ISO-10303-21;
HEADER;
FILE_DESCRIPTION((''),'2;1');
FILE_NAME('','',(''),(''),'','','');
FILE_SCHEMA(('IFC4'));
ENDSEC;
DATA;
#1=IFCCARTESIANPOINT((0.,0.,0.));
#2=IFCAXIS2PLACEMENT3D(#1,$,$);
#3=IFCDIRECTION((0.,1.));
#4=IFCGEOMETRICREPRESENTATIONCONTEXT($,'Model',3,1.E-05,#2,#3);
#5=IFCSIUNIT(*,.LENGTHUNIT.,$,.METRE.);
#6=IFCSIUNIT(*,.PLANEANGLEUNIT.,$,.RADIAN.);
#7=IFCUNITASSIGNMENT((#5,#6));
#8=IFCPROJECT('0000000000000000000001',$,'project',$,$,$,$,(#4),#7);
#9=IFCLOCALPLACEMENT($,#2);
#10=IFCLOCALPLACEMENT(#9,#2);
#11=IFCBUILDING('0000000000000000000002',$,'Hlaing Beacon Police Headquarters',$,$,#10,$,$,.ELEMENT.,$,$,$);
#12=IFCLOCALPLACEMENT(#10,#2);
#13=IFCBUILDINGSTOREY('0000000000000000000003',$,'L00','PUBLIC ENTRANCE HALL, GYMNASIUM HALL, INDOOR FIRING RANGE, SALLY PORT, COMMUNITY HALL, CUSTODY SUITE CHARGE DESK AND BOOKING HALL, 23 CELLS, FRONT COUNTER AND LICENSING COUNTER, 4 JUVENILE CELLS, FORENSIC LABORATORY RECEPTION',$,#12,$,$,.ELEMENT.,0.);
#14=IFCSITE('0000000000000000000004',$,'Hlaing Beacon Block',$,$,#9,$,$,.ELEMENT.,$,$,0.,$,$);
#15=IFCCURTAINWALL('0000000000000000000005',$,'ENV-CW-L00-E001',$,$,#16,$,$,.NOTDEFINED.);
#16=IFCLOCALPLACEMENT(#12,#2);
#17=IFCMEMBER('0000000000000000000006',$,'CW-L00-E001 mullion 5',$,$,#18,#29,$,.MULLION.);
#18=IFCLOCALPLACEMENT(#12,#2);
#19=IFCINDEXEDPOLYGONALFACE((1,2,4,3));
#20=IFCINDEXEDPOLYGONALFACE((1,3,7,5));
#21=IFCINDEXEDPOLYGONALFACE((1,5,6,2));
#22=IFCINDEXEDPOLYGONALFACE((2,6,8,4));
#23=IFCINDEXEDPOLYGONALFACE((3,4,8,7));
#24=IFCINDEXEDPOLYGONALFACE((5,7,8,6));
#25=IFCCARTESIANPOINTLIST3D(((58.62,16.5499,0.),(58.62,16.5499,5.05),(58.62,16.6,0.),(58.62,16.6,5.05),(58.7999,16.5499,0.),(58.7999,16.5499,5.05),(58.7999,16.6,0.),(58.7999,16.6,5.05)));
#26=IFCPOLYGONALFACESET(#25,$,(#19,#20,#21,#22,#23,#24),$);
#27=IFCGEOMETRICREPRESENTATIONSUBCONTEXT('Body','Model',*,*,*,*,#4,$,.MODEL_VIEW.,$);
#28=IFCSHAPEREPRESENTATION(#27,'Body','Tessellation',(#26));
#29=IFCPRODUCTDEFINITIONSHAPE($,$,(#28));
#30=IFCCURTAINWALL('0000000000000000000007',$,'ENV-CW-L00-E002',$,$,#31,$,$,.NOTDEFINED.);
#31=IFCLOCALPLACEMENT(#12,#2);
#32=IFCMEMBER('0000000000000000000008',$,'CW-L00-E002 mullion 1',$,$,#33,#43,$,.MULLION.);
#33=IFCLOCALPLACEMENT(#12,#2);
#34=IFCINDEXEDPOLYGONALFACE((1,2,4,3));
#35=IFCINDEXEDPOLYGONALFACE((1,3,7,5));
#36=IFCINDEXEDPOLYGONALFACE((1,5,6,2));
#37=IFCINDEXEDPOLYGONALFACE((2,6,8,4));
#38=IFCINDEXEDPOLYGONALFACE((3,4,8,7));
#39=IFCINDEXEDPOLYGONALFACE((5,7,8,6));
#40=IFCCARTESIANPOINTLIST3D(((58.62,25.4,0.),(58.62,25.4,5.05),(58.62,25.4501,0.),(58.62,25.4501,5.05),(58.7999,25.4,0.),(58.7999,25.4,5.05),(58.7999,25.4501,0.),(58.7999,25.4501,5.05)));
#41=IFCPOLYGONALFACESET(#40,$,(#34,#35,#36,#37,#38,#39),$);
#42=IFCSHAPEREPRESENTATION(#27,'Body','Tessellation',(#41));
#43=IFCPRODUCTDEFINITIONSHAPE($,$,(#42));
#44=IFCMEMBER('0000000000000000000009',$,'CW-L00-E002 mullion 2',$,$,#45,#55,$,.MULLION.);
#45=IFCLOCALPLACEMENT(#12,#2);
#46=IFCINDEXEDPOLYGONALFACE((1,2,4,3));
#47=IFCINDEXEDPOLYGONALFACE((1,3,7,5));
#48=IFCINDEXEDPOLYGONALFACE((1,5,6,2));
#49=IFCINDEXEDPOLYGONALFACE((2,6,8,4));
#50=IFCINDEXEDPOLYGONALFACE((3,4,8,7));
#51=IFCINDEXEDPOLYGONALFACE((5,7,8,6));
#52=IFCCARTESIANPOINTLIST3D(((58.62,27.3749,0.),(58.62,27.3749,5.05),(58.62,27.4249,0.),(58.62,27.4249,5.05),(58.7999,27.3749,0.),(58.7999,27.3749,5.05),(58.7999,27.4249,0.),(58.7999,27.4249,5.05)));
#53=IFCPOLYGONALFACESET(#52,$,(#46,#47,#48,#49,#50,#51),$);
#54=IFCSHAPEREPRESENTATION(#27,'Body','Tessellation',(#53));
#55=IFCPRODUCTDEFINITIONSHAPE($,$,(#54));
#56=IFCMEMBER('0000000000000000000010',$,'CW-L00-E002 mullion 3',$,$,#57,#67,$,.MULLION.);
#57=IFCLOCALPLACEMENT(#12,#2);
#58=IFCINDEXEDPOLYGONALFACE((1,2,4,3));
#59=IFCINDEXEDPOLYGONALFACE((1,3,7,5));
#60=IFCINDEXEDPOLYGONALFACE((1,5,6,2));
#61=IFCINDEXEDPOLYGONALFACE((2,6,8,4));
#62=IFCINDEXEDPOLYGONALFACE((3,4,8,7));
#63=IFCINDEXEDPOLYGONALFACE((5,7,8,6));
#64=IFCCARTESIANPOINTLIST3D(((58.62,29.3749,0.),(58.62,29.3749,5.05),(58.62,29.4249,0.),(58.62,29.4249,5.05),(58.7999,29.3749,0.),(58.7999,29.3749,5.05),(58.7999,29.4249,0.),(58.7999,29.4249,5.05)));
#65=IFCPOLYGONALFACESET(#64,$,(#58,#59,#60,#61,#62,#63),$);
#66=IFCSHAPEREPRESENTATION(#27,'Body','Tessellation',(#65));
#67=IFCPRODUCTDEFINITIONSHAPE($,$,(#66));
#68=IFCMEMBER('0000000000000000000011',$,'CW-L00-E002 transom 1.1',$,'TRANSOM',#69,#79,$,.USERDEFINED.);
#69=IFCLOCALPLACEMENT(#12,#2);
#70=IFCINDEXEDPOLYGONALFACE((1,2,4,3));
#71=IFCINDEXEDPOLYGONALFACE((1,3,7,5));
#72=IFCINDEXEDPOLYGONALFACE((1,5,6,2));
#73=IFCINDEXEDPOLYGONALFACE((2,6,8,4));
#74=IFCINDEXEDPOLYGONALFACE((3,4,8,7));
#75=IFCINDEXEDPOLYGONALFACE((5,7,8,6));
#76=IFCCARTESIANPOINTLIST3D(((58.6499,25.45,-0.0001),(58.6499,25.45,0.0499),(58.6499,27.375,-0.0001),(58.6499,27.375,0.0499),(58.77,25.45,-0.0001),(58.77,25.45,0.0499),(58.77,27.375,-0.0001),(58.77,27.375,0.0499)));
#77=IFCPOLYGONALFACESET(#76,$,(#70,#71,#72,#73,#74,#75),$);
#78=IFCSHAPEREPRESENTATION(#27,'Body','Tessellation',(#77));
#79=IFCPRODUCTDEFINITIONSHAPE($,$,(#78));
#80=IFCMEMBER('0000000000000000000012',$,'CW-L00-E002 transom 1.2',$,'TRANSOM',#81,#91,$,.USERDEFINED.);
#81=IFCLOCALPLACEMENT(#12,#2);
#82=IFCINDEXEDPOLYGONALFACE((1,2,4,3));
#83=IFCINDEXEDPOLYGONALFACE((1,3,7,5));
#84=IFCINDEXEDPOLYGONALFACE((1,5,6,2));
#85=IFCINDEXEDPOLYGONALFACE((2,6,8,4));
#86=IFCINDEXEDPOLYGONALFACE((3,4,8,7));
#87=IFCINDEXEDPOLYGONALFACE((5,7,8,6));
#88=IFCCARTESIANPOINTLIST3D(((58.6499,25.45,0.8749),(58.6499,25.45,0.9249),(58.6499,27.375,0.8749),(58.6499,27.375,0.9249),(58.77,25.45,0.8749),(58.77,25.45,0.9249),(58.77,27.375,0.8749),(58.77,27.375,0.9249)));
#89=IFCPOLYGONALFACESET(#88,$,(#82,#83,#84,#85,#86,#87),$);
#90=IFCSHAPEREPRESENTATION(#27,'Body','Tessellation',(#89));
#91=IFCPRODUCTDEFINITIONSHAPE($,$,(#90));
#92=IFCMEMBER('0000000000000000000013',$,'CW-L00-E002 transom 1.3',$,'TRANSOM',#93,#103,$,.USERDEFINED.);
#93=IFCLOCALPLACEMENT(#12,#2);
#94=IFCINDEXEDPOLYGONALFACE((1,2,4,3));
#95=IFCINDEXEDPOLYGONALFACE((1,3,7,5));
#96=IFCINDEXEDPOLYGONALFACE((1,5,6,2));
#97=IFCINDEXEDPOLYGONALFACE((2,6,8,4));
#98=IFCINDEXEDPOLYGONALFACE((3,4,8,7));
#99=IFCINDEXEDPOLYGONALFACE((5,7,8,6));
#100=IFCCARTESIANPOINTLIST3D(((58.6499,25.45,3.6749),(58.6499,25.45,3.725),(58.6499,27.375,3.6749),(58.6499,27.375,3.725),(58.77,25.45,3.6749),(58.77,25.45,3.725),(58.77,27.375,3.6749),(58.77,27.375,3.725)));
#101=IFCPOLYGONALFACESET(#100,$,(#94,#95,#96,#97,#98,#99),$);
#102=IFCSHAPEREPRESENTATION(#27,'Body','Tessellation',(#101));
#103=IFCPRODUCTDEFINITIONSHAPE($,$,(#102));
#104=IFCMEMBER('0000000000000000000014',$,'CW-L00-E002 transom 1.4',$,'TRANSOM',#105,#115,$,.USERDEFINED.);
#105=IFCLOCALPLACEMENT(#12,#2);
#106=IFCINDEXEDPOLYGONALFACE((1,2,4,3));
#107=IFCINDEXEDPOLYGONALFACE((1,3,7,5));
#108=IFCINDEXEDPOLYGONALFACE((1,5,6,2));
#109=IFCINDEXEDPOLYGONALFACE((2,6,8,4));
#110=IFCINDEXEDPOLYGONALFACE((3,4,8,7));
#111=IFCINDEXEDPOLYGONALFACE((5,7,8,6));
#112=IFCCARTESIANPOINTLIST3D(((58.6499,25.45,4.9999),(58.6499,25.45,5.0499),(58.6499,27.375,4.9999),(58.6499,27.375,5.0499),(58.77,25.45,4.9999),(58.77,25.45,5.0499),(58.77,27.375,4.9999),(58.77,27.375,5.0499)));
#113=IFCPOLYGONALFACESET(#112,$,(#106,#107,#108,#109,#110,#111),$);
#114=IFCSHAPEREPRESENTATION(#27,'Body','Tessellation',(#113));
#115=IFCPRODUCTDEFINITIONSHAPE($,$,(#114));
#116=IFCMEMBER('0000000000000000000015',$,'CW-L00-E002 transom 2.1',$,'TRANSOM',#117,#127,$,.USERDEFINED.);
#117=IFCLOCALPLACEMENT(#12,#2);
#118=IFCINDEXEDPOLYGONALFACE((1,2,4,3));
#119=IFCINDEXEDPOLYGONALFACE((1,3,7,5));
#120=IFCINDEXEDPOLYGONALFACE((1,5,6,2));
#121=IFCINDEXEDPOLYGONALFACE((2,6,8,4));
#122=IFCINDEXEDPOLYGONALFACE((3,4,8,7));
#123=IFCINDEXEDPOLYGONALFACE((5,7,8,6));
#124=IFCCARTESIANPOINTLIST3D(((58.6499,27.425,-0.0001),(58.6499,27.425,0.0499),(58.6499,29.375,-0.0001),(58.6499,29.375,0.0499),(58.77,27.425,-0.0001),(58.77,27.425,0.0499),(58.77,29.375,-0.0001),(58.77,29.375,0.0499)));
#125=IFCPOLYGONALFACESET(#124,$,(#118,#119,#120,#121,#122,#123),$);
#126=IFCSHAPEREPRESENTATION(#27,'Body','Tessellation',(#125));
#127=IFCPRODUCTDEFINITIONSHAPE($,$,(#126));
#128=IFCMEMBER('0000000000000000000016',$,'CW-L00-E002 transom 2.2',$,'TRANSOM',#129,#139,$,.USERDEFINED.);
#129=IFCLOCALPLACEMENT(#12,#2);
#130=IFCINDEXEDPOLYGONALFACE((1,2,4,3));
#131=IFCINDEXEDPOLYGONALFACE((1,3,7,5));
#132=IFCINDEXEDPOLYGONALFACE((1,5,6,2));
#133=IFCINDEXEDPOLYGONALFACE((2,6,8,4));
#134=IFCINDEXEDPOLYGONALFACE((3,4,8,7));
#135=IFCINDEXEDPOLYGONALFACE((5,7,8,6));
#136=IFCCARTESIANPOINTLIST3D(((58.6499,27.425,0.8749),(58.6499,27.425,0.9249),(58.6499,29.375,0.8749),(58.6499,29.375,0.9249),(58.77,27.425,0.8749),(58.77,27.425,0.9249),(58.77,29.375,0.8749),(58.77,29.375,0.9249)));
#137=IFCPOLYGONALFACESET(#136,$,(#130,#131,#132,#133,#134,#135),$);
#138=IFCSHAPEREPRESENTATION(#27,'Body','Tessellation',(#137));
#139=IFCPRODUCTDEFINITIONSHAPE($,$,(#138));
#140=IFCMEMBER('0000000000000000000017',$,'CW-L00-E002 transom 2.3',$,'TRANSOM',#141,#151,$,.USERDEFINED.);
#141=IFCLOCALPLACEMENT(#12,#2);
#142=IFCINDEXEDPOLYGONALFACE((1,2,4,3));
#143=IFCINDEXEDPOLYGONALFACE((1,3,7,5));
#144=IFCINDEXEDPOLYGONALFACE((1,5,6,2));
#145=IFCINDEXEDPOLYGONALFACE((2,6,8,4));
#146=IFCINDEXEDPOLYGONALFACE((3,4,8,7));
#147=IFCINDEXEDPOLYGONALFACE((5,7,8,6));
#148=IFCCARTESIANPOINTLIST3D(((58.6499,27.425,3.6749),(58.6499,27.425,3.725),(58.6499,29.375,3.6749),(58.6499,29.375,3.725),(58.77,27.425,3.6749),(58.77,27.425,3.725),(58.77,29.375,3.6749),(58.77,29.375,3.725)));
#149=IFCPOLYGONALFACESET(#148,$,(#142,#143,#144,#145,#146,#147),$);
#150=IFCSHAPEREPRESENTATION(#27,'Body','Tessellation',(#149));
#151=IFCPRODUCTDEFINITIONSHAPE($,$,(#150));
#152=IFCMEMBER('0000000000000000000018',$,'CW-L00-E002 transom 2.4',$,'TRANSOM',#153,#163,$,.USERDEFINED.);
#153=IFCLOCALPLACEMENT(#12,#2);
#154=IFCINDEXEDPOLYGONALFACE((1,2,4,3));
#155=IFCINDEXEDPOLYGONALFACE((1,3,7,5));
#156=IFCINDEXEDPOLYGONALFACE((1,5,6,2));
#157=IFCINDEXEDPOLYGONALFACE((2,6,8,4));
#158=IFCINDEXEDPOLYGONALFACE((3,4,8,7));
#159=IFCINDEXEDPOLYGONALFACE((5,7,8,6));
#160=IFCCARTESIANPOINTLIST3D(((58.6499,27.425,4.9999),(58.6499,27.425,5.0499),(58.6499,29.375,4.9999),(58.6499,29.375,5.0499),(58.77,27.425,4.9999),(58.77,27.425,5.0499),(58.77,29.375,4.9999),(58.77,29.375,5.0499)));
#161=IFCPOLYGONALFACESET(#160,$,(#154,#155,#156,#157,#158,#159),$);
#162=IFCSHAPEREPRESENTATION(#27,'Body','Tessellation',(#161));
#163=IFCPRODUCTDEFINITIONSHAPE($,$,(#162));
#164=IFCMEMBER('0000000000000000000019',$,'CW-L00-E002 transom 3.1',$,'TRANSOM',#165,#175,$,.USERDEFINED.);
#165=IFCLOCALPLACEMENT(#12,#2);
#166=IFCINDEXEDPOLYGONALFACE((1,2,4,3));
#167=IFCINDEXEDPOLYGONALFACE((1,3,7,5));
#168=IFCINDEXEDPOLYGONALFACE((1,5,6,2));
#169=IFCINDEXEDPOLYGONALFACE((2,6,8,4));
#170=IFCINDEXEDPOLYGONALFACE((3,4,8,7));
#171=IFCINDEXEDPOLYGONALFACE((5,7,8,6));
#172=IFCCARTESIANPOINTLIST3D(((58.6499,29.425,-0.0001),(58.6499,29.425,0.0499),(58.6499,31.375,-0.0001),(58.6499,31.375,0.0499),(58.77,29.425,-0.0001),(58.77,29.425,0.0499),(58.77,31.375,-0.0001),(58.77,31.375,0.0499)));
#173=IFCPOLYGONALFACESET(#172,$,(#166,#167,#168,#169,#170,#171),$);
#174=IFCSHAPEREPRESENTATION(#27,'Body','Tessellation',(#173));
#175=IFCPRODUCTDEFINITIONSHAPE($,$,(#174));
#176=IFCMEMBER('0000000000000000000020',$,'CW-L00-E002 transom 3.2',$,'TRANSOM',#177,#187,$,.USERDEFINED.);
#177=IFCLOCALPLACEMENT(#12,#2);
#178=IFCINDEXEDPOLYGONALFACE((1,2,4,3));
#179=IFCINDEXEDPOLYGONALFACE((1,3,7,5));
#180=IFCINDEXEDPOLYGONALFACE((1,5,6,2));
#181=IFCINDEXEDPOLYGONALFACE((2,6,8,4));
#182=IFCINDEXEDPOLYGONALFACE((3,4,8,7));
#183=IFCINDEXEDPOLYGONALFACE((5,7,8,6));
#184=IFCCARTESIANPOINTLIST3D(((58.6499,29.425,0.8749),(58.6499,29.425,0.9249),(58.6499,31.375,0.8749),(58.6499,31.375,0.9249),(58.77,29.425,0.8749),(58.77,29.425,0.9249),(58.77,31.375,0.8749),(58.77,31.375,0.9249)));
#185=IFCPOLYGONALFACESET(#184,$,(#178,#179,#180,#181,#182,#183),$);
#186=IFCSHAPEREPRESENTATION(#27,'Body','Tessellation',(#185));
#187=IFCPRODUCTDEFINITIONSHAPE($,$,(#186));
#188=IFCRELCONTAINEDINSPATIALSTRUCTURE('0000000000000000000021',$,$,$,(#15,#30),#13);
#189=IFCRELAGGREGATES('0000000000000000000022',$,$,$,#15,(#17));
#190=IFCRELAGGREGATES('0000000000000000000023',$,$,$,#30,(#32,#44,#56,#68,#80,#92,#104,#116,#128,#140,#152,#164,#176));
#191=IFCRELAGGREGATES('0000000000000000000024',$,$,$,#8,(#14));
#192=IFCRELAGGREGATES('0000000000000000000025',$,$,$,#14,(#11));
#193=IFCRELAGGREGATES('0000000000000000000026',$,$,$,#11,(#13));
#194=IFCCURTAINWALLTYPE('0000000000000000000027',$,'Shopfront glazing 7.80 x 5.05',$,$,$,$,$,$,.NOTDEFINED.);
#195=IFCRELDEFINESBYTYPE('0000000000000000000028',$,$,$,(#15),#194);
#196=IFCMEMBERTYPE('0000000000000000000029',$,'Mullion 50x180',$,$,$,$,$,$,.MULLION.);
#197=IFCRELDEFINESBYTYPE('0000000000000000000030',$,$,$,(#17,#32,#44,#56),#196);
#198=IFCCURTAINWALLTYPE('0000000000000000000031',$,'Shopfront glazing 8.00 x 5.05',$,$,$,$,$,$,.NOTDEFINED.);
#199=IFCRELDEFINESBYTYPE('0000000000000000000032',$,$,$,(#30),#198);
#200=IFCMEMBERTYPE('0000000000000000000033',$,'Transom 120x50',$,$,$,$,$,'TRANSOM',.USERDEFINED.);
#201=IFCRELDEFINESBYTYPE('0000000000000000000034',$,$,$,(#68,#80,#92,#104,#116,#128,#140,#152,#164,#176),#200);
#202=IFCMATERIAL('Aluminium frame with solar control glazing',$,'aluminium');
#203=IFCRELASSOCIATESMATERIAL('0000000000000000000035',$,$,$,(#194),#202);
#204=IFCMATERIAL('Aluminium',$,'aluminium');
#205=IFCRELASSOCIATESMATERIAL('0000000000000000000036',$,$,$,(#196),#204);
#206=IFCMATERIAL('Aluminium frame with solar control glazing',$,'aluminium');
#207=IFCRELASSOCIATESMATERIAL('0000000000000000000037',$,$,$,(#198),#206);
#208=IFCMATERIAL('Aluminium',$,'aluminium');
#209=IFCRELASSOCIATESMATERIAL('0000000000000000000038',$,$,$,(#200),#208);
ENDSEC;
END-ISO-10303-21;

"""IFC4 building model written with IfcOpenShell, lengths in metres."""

from ifc_helpers import new_model, si_unit, direction, frame, origin, origin_2d, place, context, subcontext, project, spatial, rectangle, extrude, material, material_profile, profile_set, type_object, element, aggregate, save


model = new_model("IFC4")

# Units and contexts
model_context = context("Model", 3, precision=1e-05, world=origin(), true_north=direction((0.0, 1.0)))
body_context = subcontext(model_context, "Body", "Model", "MODEL_VIEW")
ifc_project = project(units=[si_unit("LENGTHUNIT", "METRE"), si_unit("PLANEANGLEUNIT", "RADIAN")], contexts=[model_context])

# Site, building, storey
site_placement = place(None, origin())
site = spatial("IfcSite", under=ifc_project, at=site_placement, Name="Hlaing Beacon Block", CompositionType="ELEMENT", RefElevation=0.0)
building_placement = place(site_placement, origin())
building = spatial("IfcBuilding", under=site, at=building_placement, Name="Hlaing Beacon Police Headquarters", CompositionType="ELEMENT")
storey_placement = place(building_placement, origin())
storey = spatial("IfcBuildingStorey", under=building, at=storey_placement, Name="L00", Description="PUBLIC ENTRANCE HALL, GYMNASIUM HALL, INDOOR FIRING RANGE, SALLY PORT, COMMUNITY HALL, CUSTODY SUITE CHARGE DESK AND BOOKING HALL, 23 CELLS, FRONT COUNTER AND LICENSING COUNTER, 4 JUVENILE CELLS, FORENSIC LABORATORY RECEPTION", CompositionType="ELEMENT", Elevation=0.0)

# Curtain wall, member
ifc_material_1 = material(Name="Aluminium frame with solar control glazing", Category="aluminium")
curtain_wall_type_1 = type_object("IfcCurtainWallType", Name="Shopfront glazing 7.80 x 5.05", PredefinedType="NOTDEFINED", material=ifc_material_1)
curtain_wall_1_placement = place(storey_placement, origin())
curtain_wall_1 = element("IfcCurtainWall", 1, at=curtain_wall_1_placement, inside=storey, type_object=curtain_wall_type_1, Name="ENV-CW-L00-E001", PredefinedType="NOTDEFINED")
ifc_material_2 = material(Name="Aluminium", Category="aluminium")
ifc_material_profile_1 = material_profile(ifc_material_2, rectangle(XDim=0.1799, YDim=0.05, at=origin_2d()), Name="Mullion 50x180")
ifc_profile_set_1 = profile_set([ifc_material_profile_1], Name="Aluminium")
member_type_1 = type_object("IfcMemberType", Name="Mullion 50x180", PredefinedType="MULLION", material=ifc_profile_set_1)
member_1_placement = place(storey_placement, frame((58.71, 16.575, 0.0), z_axis=(0.0, 0.0, 1.0), x_axis=(-1.0, 0.0, 0.0)))
member_1 = element("IfcMember", 2, at=member_1_placement, type_object=member_type_1, Name="CW-L00-E001 mullion 5", PredefinedType="MULLION", context=body_context, shape_type="SweptSolid", body=[
    extrude(rectangle(XDim=0.1799, YDim=0.05, at=origin_2d()), origin(), (0.0, 0.0, 1.0), 5.05),
])

# Curtain wall, members
ifc_material_3 = material(Name="Aluminium frame with solar control glazing", Category="aluminium")
curtain_wall_type_2 = type_object("IfcCurtainWallType", Name="Shopfront glazing 8.00 x 5.05", PredefinedType="NOTDEFINED", material=ifc_material_3)
curtain_wall_2_placement = place(storey_placement, origin())
curtain_wall_2 = element("IfcCurtainWall", 3, at=curtain_wall_2_placement, inside=storey, type_object=curtain_wall_type_2, Name="ENV-CW-L00-E002", PredefinedType="NOTDEFINED")
member_2_placement = place(storey_placement, frame((58.71, 25.425, 0.0), z_axis=(0.0, 0.0, 1.0), x_axis=(-1.0, 0.0, 0.0)))
member_2 = element("IfcMember", 4, at=member_2_placement, type_object=member_type_1, Name="CW-L00-E002 mullion 1", PredefinedType="MULLION", context=body_context, shape_type="SweptSolid", body=[
    extrude(rectangle(XDim=0.1799, YDim=0.05, at=origin_2d()), origin(), (0.0, 0.0, 1.0), 5.05),
])
member_3_placement = place(storey_placement, frame((58.71, 27.3999, 0.0), z_axis=(0.0, 0.0, 1.0), x_axis=(-1.0, 0.0, 0.0)))
member_3 = element("IfcMember", 5, at=member_3_placement, type_object=member_type_1, Name="CW-L00-E002 mullion 2", PredefinedType="MULLION", context=body_context, shape_type="SweptSolid", body=[
    extrude(rectangle(XDim=0.1799, YDim=0.05, at=origin_2d()), origin(), (0.0, 0.0, 1.0), 5.05),
])
member_4_placement = place(storey_placement, frame((58.71, 29.3999, 0.0), z_axis=(0.0, 0.0, 1.0), x_axis=(-1.0, 0.0, 0.0)))
member_4 = element("IfcMember", 6, at=member_4_placement, type_object=member_type_1, Name="CW-L00-E002 mullion 3", PredefinedType="MULLION", context=body_context, shape_type="SweptSolid", body=[
    extrude(rectangle(XDim=0.1799, YDim=0.05, at=origin_2d()), origin(), (0.0, 0.0, 1.0), 5.05),
])
ifc_material_4 = material(Name="Aluminium", Category="aluminium")
ifc_material_profile_2 = material_profile(ifc_material_4, rectangle(XDim=0.1201, YDim=0.05, at=origin_2d()), Name="Transom 120x50")
ifc_profile_set_2 = profile_set([ifc_material_profile_2], Name="Aluminium")
member_type_2 = type_object("IfcMemberType", Name="Transom 120x50", ElementType="TRANSOM", PredefinedType="USERDEFINED", material=ifc_profile_set_2)
member_5_placement = place(storey_placement, frame((58.71, 25.45, 0.0249), z_axis=(0.0, 1.0, 0.0), x_axis=(-1.0, 0.0, 0.0)))
member_5 = element("IfcMember", 7, at=member_5_placement, type_object=member_type_2, Name="CW-L00-E002 transom 1.1", ObjectType="TRANSOM", PredefinedType="USERDEFINED", context=body_context, shape_type="SweptSolid", body=[
    extrude(rectangle(XDim=0.1201, YDim=0.05, at=origin_2d()), origin(), (0.0, 0.0, 1.0), 1.925),
])
member_6_placement = place(storey_placement, frame((58.71, 25.45, 0.8999), z_axis=(0.0, 1.0, 0.0), x_axis=(-1.0, 0.0, 0.0)))
member_6 = element("IfcMember", 8, at=member_6_placement, type_object=member_type_2, Name="CW-L00-E002 transom 1.2", ObjectType="TRANSOM", PredefinedType="USERDEFINED", context=body_context, shape_type="SweptSolid", body=[
    extrude(rectangle(XDim=0.1201, YDim=0.05, at=origin_2d()), origin(), (0.0, 0.0, 1.0), 1.925),
])
member_7_placement = place(storey_placement, frame((58.71, 25.45, 3.7), z_axis=(0.0, 1.0, 0.0), x_axis=(-1.0, 0.0, 0.0)))
member_7 = element("IfcMember", 9, at=member_7_placement, type_object=member_type_2, Name="CW-L00-E002 transom 1.3", ObjectType="TRANSOM", PredefinedType="USERDEFINED", context=body_context, shape_type="SweptSolid", body=[
    extrude(rectangle(XDim=0.1201, YDim=0.05, at=origin_2d()), origin(), (0.0, 0.0, 1.0), 1.925),
])
member_8_placement = place(storey_placement, frame((58.71, 25.45, 5.0249), z_axis=(0.0, 1.0, 0.0), x_axis=(-1.0, 0.0, 0.0)))
member_8 = element("IfcMember", 10, at=member_8_placement, type_object=member_type_2, Name="CW-L00-E002 transom 1.4", ObjectType="TRANSOM", PredefinedType="USERDEFINED", context=body_context, shape_type="SweptSolid", body=[
    extrude(rectangle(XDim=0.1201, YDim=0.05, at=origin_2d()), origin(), (0.0, 0.0, 1.0), 1.925),
])
member_9_placement = place(storey_placement, frame((58.71, 27.425, 0.0249), z_axis=(0.0, 1.0, 0.0), x_axis=(-1.0, 0.0, 0.0)))
member_9 = element("IfcMember", 11, at=member_9_placement, type_object=member_type_2, Name="CW-L00-E002 transom 2.1", ObjectType="TRANSOM", PredefinedType="USERDEFINED", context=body_context, shape_type="SweptSolid", body=[
    extrude(rectangle(XDim=0.1201, YDim=0.05, at=origin_2d()), origin(), (0.0, 0.0, 1.0), 1.95),
])
member_10_placement = place(storey_placement, frame((58.71, 27.425, 0.8999), z_axis=(0.0, 1.0, 0.0), x_axis=(-1.0, 0.0, 0.0)))
member_10 = element("IfcMember", 12, at=member_10_placement, type_object=member_type_2, Name="CW-L00-E002 transom 2.2", ObjectType="TRANSOM", PredefinedType="USERDEFINED", context=body_context, shape_type="SweptSolid", body=[
    extrude(rectangle(XDim=0.1201, YDim=0.05, at=origin_2d()), origin(), (0.0, 0.0, 1.0), 1.95),
])
member_11_placement = place(storey_placement, frame((58.71, 27.425, 3.7), z_axis=(0.0, 1.0, 0.0), x_axis=(-1.0, 0.0, 0.0)))
member_11 = element("IfcMember", 13, at=member_11_placement, type_object=member_type_2, Name="CW-L00-E002 transom 2.3", ObjectType="TRANSOM", PredefinedType="USERDEFINED", context=body_context, shape_type="SweptSolid", body=[
    extrude(rectangle(XDim=0.1201, YDim=0.05, at=origin_2d()), origin(), (0.0, 0.0, 1.0), 1.95),
])
member_12_placement = place(storey_placement, frame((58.71, 27.425, 5.0249), z_axis=(0.0, 1.0, 0.0), x_axis=(-1.0, 0.0, 0.0)))
member_12 = element("IfcMember", 14, at=member_12_placement, type_object=member_type_2, Name="CW-L00-E002 transom 2.4", ObjectType="TRANSOM", PredefinedType="USERDEFINED", context=body_context, shape_type="SweptSolid", body=[
    extrude(rectangle(XDim=0.1201, YDim=0.05, at=origin_2d()), origin(), (0.0, 0.0, 1.0), 1.95),
])
member_13_placement = place(storey_placement, frame((58.71, 29.425, 0.0249), z_axis=(0.0, 1.0, 0.0), x_axis=(-1.0, 0.0, 0.0)))
member_13 = element("IfcMember", 15, at=member_13_placement, type_object=member_type_2, Name="CW-L00-E002 transom 3.1", ObjectType="TRANSOM", PredefinedType="USERDEFINED", context=body_context, shape_type="SweptSolid", body=[
    extrude(rectangle(XDim=0.1201, YDim=0.05, at=origin_2d()), origin(), (0.0, 0.0, 1.0), 1.95),
])
member_14_placement = place(storey_placement, frame((58.71, 29.425, 0.8999), z_axis=(0.0, 1.0, 0.0), x_axis=(-1.0, 0.0, 0.0)))
member_14 = element("IfcMember", 16, at=member_14_placement, type_object=member_type_2, Name="CW-L00-E002 transom 3.2", ObjectType="TRANSOM", PredefinedType="USERDEFINED", context=body_context, shape_type="SweptSolid", body=[
    extrude(rectangle(XDim=0.1201, YDim=0.05, at=origin_2d()), origin(), (0.0, 0.0, 1.0), 1.95),
])

aggregate(curtain_wall_1, [member_1])
aggregate(curtain_wall_2, [member_2, member_3, member_4, member_5, member_6, member_7, member_8, member_9, member_10, member_11, member_12, member_13, member_14])

save(model, "model.ifc")
